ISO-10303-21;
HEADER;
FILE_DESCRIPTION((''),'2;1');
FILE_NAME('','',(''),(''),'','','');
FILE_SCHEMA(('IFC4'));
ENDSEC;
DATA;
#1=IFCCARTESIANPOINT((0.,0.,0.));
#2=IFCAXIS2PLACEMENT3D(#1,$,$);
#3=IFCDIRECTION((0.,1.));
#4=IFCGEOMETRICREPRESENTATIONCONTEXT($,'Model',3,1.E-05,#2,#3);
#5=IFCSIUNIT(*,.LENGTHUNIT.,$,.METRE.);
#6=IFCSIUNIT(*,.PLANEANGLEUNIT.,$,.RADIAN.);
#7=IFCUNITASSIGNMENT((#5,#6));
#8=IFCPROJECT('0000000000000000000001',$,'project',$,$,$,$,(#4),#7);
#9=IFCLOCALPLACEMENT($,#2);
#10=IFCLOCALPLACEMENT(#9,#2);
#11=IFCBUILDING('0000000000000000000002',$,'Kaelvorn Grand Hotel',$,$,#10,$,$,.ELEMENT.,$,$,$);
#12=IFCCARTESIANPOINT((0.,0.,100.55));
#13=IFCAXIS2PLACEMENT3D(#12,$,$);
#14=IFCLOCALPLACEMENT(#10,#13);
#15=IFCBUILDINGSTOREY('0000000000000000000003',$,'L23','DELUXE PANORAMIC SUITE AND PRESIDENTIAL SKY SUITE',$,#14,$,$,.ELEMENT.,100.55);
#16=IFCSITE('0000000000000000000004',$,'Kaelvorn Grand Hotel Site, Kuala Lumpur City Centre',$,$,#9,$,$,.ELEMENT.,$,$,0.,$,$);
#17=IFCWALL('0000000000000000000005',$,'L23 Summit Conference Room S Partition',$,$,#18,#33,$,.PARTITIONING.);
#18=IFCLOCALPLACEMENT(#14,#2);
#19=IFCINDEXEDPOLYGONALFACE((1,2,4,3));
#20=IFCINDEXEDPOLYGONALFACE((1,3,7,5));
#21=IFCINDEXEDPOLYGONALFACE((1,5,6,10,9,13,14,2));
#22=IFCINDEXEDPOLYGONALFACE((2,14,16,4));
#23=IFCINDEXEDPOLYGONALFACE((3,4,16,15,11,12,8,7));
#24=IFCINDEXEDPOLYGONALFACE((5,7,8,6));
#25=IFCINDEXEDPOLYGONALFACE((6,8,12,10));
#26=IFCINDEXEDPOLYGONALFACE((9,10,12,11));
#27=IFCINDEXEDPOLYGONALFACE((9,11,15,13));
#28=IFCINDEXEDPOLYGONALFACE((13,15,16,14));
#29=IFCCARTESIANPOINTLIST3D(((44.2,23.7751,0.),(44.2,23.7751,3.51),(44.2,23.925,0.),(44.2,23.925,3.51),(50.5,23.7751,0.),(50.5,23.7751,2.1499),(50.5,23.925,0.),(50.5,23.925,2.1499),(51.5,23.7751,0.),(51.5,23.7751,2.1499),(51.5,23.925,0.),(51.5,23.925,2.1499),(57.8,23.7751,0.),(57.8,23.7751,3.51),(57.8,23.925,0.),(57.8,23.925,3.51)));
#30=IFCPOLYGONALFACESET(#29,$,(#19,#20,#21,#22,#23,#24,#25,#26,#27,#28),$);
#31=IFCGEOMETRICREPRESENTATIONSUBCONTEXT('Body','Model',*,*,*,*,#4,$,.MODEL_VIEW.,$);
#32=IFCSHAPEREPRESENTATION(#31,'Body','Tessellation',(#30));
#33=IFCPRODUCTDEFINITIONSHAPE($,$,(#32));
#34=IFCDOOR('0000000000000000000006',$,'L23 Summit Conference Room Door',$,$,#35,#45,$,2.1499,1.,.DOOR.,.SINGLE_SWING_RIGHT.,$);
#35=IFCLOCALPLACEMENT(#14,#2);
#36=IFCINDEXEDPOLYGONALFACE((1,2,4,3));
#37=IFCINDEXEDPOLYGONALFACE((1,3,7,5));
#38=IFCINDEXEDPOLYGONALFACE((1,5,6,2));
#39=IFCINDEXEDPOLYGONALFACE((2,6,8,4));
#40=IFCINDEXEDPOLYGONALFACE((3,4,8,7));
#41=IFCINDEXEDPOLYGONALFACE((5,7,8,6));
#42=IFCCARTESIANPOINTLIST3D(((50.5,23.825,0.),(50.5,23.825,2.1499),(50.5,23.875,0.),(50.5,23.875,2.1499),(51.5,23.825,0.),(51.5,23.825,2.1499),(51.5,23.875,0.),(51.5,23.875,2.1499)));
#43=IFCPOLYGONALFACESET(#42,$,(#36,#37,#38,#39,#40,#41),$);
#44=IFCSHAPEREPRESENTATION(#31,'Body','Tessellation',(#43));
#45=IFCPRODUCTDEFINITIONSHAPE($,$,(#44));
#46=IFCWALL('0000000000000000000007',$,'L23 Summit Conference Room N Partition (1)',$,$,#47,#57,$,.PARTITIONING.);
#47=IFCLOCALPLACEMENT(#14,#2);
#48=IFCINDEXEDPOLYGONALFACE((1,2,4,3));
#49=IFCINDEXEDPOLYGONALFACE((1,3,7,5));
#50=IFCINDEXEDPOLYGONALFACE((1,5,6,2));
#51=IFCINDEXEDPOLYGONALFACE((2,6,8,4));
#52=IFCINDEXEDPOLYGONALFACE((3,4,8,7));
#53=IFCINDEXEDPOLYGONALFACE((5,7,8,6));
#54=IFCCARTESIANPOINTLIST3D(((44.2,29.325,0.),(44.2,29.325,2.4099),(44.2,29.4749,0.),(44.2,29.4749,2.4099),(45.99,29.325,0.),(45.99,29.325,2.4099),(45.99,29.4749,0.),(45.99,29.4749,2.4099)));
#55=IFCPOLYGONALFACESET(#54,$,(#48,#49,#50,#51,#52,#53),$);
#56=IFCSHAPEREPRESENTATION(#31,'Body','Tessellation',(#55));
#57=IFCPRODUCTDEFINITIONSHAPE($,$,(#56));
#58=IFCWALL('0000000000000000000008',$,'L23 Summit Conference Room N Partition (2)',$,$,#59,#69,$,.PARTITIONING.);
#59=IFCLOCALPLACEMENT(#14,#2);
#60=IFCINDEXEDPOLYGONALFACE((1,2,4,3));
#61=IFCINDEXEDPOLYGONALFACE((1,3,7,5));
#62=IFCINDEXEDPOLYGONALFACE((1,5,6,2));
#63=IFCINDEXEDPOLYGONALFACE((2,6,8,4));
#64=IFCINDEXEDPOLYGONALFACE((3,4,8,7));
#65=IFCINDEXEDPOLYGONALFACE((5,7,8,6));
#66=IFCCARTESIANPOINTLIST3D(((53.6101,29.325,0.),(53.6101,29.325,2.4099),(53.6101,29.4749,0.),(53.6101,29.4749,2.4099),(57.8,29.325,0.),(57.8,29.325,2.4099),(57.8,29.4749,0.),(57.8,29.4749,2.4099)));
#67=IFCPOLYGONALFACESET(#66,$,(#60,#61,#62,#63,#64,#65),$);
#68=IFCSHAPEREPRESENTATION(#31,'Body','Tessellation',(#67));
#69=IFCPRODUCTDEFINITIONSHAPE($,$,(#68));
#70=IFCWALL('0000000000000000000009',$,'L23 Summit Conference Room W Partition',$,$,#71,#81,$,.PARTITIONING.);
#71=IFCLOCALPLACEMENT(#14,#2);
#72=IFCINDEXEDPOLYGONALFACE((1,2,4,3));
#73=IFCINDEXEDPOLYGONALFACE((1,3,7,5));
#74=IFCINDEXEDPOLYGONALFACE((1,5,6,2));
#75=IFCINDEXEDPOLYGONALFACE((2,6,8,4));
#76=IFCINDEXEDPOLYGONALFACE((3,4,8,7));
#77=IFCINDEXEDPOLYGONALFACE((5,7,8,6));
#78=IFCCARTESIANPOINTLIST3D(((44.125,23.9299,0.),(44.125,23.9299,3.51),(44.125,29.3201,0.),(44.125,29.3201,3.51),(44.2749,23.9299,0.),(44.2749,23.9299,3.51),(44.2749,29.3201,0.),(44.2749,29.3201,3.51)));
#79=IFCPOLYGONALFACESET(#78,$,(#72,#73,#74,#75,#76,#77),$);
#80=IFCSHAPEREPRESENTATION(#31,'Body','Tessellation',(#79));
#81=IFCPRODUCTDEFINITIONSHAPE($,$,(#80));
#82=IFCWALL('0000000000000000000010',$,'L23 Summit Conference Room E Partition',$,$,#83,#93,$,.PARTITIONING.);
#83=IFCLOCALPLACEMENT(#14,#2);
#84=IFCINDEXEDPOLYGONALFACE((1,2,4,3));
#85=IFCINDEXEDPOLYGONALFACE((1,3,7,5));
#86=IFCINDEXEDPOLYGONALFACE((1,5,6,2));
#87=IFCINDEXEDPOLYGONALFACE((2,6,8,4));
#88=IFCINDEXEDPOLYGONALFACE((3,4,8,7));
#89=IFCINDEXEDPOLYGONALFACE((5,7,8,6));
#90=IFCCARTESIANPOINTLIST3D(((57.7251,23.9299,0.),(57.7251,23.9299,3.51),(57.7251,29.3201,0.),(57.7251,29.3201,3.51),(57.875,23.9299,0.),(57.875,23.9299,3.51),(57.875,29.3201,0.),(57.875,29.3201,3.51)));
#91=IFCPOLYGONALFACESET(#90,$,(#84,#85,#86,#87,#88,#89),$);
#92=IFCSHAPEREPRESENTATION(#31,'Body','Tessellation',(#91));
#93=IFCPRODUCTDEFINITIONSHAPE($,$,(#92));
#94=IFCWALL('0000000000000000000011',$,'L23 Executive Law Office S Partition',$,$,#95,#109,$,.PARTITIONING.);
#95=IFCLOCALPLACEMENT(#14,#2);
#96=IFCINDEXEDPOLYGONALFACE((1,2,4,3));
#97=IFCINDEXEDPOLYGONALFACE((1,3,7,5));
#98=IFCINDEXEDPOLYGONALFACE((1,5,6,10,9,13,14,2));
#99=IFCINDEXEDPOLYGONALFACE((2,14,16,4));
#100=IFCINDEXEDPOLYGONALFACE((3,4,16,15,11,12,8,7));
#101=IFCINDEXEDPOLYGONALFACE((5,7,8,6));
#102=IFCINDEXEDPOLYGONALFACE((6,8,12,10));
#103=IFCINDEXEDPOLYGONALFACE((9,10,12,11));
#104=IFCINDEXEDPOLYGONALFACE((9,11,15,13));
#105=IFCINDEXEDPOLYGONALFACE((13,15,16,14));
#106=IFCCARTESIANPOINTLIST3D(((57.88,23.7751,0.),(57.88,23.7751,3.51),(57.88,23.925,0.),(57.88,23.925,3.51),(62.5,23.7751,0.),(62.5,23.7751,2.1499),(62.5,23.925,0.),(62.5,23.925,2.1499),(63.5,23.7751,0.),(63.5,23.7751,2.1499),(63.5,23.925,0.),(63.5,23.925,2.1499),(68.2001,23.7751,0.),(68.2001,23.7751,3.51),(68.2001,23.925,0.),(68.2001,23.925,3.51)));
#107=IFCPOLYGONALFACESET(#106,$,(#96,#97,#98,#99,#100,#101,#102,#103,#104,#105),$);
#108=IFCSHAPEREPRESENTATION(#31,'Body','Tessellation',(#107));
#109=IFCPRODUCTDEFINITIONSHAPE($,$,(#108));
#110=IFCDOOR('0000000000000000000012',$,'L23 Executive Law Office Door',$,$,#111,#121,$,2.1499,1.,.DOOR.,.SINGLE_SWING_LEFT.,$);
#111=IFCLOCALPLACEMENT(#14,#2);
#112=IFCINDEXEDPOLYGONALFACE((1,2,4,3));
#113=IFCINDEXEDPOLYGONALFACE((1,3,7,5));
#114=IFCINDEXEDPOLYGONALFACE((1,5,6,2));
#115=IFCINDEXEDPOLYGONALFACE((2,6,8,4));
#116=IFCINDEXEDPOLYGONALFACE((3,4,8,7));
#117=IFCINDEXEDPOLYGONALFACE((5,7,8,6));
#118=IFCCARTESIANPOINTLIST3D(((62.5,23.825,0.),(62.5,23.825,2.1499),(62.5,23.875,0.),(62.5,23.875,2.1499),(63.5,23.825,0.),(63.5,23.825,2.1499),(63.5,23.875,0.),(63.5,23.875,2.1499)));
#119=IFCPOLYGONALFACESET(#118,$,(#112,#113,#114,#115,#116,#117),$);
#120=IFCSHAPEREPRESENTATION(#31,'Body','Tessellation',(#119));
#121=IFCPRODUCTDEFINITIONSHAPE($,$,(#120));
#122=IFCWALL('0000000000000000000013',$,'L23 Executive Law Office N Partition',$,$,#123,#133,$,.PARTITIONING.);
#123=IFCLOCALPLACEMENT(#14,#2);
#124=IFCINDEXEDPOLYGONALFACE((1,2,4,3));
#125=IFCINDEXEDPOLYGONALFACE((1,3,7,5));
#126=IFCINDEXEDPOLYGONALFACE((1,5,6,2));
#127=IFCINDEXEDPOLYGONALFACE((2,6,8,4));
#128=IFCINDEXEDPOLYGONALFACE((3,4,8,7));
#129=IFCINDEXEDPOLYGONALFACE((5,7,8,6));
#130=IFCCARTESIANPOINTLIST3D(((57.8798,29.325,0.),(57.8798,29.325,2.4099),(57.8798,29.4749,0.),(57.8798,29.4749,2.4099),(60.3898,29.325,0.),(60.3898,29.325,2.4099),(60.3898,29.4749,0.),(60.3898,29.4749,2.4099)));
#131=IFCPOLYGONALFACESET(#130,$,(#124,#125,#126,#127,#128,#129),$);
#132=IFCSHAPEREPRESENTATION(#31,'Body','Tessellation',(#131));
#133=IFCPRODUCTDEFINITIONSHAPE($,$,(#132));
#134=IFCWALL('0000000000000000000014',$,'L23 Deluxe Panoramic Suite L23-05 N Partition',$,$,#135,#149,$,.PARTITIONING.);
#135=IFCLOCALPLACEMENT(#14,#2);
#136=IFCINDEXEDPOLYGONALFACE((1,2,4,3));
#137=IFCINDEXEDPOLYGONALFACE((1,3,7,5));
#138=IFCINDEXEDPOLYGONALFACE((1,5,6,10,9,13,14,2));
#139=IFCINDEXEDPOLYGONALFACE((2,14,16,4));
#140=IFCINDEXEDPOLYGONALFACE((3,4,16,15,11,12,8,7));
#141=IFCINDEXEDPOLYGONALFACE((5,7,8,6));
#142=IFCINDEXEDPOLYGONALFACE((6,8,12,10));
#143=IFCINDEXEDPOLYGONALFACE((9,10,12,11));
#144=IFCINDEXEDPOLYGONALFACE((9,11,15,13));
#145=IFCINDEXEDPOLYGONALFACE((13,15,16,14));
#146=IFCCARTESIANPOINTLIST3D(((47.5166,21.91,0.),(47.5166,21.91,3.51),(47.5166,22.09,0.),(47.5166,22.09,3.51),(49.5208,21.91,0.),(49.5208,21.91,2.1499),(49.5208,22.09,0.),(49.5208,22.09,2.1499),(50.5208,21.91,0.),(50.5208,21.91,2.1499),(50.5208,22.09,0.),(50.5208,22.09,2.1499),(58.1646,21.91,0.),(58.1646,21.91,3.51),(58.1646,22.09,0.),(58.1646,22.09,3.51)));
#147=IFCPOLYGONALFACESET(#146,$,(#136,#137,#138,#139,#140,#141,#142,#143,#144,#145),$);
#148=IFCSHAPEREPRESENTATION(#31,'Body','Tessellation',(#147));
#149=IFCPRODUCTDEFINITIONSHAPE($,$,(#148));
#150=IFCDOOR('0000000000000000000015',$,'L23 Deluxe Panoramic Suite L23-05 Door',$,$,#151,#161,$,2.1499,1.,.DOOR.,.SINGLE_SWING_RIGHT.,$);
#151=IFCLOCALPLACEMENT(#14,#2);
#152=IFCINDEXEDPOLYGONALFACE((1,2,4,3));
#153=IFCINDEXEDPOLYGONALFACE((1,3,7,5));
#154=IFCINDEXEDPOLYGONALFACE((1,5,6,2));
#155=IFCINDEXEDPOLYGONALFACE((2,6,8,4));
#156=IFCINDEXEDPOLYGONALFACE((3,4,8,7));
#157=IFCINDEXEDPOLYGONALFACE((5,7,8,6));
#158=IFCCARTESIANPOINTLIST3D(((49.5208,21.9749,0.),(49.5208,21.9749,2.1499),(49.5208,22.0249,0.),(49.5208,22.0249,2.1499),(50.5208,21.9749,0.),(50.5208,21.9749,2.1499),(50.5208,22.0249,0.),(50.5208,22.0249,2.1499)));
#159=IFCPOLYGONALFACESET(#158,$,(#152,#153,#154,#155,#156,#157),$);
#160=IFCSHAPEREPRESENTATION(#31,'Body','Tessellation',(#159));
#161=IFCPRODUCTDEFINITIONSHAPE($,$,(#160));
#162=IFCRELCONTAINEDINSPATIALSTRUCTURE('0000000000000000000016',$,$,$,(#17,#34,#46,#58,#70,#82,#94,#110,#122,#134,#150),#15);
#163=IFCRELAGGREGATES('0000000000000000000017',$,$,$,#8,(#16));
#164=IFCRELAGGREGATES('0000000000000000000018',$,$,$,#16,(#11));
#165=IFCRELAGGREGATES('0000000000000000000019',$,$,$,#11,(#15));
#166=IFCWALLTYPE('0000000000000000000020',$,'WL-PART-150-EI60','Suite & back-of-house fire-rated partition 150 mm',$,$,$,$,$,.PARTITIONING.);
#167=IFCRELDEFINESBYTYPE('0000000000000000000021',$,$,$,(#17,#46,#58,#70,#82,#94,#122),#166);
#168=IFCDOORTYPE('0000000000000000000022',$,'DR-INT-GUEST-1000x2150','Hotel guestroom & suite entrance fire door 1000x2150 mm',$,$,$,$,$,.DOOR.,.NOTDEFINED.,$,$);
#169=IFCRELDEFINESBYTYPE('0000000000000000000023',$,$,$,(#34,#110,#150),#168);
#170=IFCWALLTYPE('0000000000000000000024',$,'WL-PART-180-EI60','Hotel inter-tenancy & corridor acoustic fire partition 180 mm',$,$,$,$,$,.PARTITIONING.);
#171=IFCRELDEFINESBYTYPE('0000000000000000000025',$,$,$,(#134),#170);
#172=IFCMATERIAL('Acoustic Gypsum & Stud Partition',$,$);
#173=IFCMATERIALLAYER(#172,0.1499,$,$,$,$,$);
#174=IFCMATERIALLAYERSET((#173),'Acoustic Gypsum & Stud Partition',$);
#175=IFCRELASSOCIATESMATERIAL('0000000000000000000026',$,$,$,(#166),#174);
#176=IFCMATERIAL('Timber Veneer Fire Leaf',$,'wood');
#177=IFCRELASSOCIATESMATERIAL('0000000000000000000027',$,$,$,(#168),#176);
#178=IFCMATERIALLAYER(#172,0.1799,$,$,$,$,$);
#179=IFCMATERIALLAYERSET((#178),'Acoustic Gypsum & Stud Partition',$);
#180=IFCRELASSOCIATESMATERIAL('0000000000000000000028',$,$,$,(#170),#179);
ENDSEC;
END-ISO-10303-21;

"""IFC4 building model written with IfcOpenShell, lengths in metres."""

from ifc_helpers import new_model, si_unit, direction, frame, frame_2d, origin, place, context, subcontext, project, spatial, rectangle, extrude, material, layer, layer_set, type_object, element, fill, save


model = new_model("IFC4")

# Units and contexts
model_context = context("Model", 3, precision=1e-05, world=origin(), true_north=direction((0.0, 1.0)))
body_context = subcontext(model_context, "Body", "Model", "MODEL_VIEW")
ifc_project = project(units=[si_unit("LENGTHUNIT", "METRE"), si_unit("PLANEANGLEUNIT", "RADIAN")], contexts=[model_context])

# Site, building, storey
site_placement = place(None, origin())
site = spatial("IfcSite", under=ifc_project, at=site_placement, Name="Kaelvorn Grand Hotel Site, Kuala Lumpur City Centre", CompositionType="ELEMENT", RefElevation=0.0)
building_placement = place(site_placement, origin())
building = spatial("IfcBuilding", under=site, at=building_placement, Name="Kaelvorn Grand Hotel", CompositionType="ELEMENT")
storey_placement = place(building_placement, frame((0.0, 0.0, 100.55)))
storey = spatial("IfcBuildingStorey", under=building, at=storey_placement, Name="L23", Description="DELUXE PANORAMIC SUITE AND PRESIDENTIAL SKY SUITE", CompositionType="ELEMENT", Elevation=100.55)

# Wall, opening, door
ifc_material_1 = material(Name="Acoustic Gypsum & Stud Partition")
ifc_layer_1 = layer(ifc_material_1, 0.1499)
ifc_layer_set_1 = layer_set([ifc_layer_1], Name="Acoustic Gypsum & Stud Partition")
wall_type_1 = type_object("IfcWallType", Name="WL-PART-150-EI60", Description="Suite & back-of-house fire-rated partition 150 mm", PredefinedType="PARTITIONING", material=ifc_layer_set_1)
wall_1_placement = place(storey_placement, frame((44.2, 23.8501, 0.0), z_axis=(0.0, 0.0, 1.0), x_axis=(1.0, 0.0, 0.0)))
wall_1 = element("IfcWall", 1, at=wall_1_placement, inside=storey, type_object=wall_type_1, Name="L23 Summit Conference Room S Partition", PredefinedType="PARTITIONING", context=body_context, shape_type="SweptSolid", body=[
    extrude(rectangle(XDim=13.6001, YDim=0.1499, at=frame_2d((6.8, 0.0))), origin(), (0.0, 0.0, 1.0), 3.51),
])
opening_1_placement = place(wall_1_placement, frame((6.3, 0.0, 0.0)))
opening_1 = element("IfcOpeningElement", 2, at=opening_1_placement, cuts=wall_1, PredefinedType="OPENING", context=body_context, shape_type="SweptSolid", body=[
    extrude(rectangle(XDim=1.0, YDim=2.1499, at=frame_2d((0.5, 1.075))), frame((0.0, 0.085, 0.0), z_axis=(0.0, -1.0, 0.0), x_axis=(1.0, 0.0, 0.0)), (0.0, 0.0, 1.0), 0.1699),
])
ifc_material_2 = material(Name="Timber Veneer Fire Leaf", Category="wood")
door_type_1 = type_object("IfcDoorType", Name="DR-INT-GUEST-1000x2150", Description="Hotel guestroom & suite entrance fire door 1000x2150 mm", OperationType="NOTDEFINED", PredefinedType="DOOR", material=ifc_material_2)
door_1_placement = place(opening_1_placement, origin())
door_1 = element("IfcDoor", 3, at=door_1_placement, inside=storey, type_object=door_type_1, Name="L23 Summit Conference Room Door", OperationType="SINGLE_SWING_RIGHT", OverallHeight=2.1499, OverallWidth=1.0, PredefinedType="DOOR", context=body_context, shape_type="SweptSolid", body=[
    extrude(rectangle(XDim=1.0, YDim=2.1499, at=frame_2d((0.5, 1.075))), frame((0.0, 0.0249, 0.0), z_axis=(0.0, -1.0, 0.0), x_axis=(1.0, 0.0, 0.0)), (0.0, 0.0, 1.0), 0.05),
])
fill(opening_1, door_1)

# Walls
wall_2_placement = place(storey_placement, frame((44.2, 29.3999, 0.0), z_axis=(0.0, 0.0, 1.0), x_axis=(1.0, 0.0, 0.0)))
element("IfcWall", 4, at=wall_2_placement, inside=storey, type_object=wall_type_1, Name="L23 Summit Conference Room N Partition (1)", PredefinedType="PARTITIONING", context=body_context, shape_type="SweptSolid", body=[
    extrude(rectangle(XDim=1.79, YDim=0.1499, at=frame_2d((0.895, 0.0))), origin(), (0.0, 0.0, 1.0), 2.4099),
])
wall_3_placement = place(storey_placement, frame((53.6101, 29.3999, 0.0), z_axis=(0.0, 0.0, 1.0), x_axis=(1.0, 0.0, 0.0)))
element("IfcWall", 5, at=wall_3_placement, inside=storey, type_object=wall_type_1, Name="L23 Summit Conference Room N Partition (2)", PredefinedType="PARTITIONING", context=body_context, shape_type="SweptSolid", body=[
    extrude(rectangle(XDim=4.1899, YDim=0.1499, at=frame_2d((2.095, 0.0))), origin(), (0.0, 0.0, 1.0), 2.4099),
])
for number, where, z_axis, x_axis, name in (
    (6, (44.2, 23.9299, 0.0), (0.0, 0.0, 1.0), (0.0, 1.0, 0.0), "L23 Summit Conference Room W Partition"),
    (7, (57.8, 23.9299, 0.0), (0.0, 0.0, 1.0), (0.0, 1.0, 0.0), "L23 Summit Conference Room E Partition"),
):
    element("IfcWall", number, at=place(storey_placement, frame(where, z_axis=z_axis, x_axis=x_axis)), inside=storey, type_object=wall_type_1, Name=name, PredefinedType="PARTITIONING", context=body_context, shape_type="SweptSolid", body=[
        extrude(rectangle(XDim=5.3901, YDim=0.1499, at=frame_2d((2.6951, 0.0))), origin(), (0.0, 0.0, 1.0), 3.51),
    ])

# Wall, opening, door
wall_4_placement = place(storey_placement, frame((57.8799, 23.8501, 0.0), z_axis=(0.0, 0.0, 1.0), x_axis=(1.0, 0.0, 0.0)))
wall_4 = element("IfcWall", 8, at=wall_4_placement, inside=storey, type_object=wall_type_1, Name="L23 Executive Law Office S Partition", PredefinedType="PARTITIONING", context=body_context, shape_type="SweptSolid", body=[
    extrude(rectangle(XDim=10.3201, YDim=0.1499, at=frame_2d((5.1602, 0.0))), origin(), (0.0, 0.0, 1.0), 3.51),
])
opening_2_placement = place(wall_4_placement, frame((4.6201, 0.0, 0.0)))
opening_2 = element("IfcOpeningElement", 9, at=opening_2_placement, cuts=wall_4, PredefinedType="OPENING", context=body_context, shape_type="SweptSolid", body=[
    extrude(rectangle(XDim=1.0, YDim=2.1499, at=frame_2d((0.5, 1.075))), frame((0.0, 0.085, 0.0), z_axis=(0.0, -1.0, 0.0), x_axis=(1.0, 0.0, 0.0)), (0.0, 0.0, 1.0), 0.1699),
])
door_2_placement = place(opening_2_placement, origin())
door_2 = element("IfcDoor", 10, at=door_2_placement, inside=storey, type_object=door_type_1, Name="L23 Executive Law Office Door", OperationType="SINGLE_SWING_LEFT", OverallHeight=2.1499, OverallWidth=1.0, PredefinedType="DOOR", context=body_context, shape_type="SweptSolid", body=[
    extrude(rectangle(XDim=1.0, YDim=2.1499, at=frame_2d((0.5, 1.075))), frame((0.0, 0.0249, 0.0), z_axis=(0.0, -1.0, 0.0), x_axis=(1.0, 0.0, 0.0)), (0.0, 0.0, 1.0), 0.05),
])
fill(opening_2, door_2)

# Wall
wall_5_placement = place(storey_placement, frame((57.8799, 29.3999, 0.0), z_axis=(0.0, 0.0, 1.0), x_axis=(1.0, 0.0, 0.0)))
element("IfcWall", 11, at=wall_5_placement, inside=storey, type_object=wall_type_1, Name="L23 Executive Law Office N Partition", PredefinedType="PARTITIONING", context=body_context, shape_type="SweptSolid", body=[
    extrude(rectangle(XDim=2.51, YDim=0.1499, at=frame_2d((1.2549, 0.0))), origin(), (0.0, 0.0, 1.0), 2.4099),
])

# Wall, opening, door
ifc_layer_2 = layer(ifc_material_1, 0.1799)
ifc_layer_set_2 = layer_set([ifc_layer_2], Name="Acoustic Gypsum & Stud Partition")
wall_type_2 = type_object("IfcWallType", Name="WL-PART-180-EI60", Description="Hotel inter-tenancy & corridor acoustic fire partition 180 mm", PredefinedType="PARTITIONING", material=ifc_layer_set_2)
wall_6_placement = place(storey_placement, frame((47.5166, 22.0, 0.0), z_axis=(0.0, 0.0, 1.0), x_axis=(1.0, 0.0, 0.0)))
wall_6 = element("IfcWall", 12, at=wall_6_placement, inside=storey, type_object=wall_type_2, Name="L23 Deluxe Panoramic Suite L23-05 N Partition", PredefinedType="PARTITIONING", context=body_context, shape_type="SweptSolid", body=[
    extrude(rectangle(XDim=10.6479, YDim=0.1799, at=frame_2d((5.324, 0.0))), origin(), (0.0, 0.0, 1.0), 3.51),
])
opening_3_placement = place(wall_6_placement, frame((2.0042, 0.0, 0.0)))
opening_3 = element("IfcOpeningElement", 13, at=opening_3_placement, cuts=wall_6, PredefinedType="OPENING", context=body_context, shape_type="SweptSolid", body=[
    extrude(rectangle(XDim=1.0, YDim=2.1499, at=frame_2d((0.5, 1.075))), frame((0.0, 0.1001, 0.0), z_axis=(0.0, -1.0, 0.0), x_axis=(1.0, 0.0, 0.0)), (0.0, 0.0, 1.0), 0.2),
])
door_3_placement = place(opening_3_placement, origin())
door_3 = element("IfcDoor", 14, at=door_3_placement, inside=storey, type_object=door_type_1, Name="L23 Deluxe Panoramic Suite L23-05 Door", OperationType="SINGLE_SWING_RIGHT", OverallHeight=2.1499, OverallWidth=1.0, PredefinedType="DOOR", context=body_context, shape_type="SweptSolid", body=[
    extrude(rectangle(XDim=1.0, YDim=2.1499, at=frame_2d((0.5, 1.075))), frame((0.0, 0.0249, 0.0), z_axis=(0.0, -1.0, 0.0), x_axis=(1.0, 0.0, 0.0)), (0.0, 0.0, 1.0), 0.05),
])
fill(opening_3, door_3)

save(model, "model.ifc")
